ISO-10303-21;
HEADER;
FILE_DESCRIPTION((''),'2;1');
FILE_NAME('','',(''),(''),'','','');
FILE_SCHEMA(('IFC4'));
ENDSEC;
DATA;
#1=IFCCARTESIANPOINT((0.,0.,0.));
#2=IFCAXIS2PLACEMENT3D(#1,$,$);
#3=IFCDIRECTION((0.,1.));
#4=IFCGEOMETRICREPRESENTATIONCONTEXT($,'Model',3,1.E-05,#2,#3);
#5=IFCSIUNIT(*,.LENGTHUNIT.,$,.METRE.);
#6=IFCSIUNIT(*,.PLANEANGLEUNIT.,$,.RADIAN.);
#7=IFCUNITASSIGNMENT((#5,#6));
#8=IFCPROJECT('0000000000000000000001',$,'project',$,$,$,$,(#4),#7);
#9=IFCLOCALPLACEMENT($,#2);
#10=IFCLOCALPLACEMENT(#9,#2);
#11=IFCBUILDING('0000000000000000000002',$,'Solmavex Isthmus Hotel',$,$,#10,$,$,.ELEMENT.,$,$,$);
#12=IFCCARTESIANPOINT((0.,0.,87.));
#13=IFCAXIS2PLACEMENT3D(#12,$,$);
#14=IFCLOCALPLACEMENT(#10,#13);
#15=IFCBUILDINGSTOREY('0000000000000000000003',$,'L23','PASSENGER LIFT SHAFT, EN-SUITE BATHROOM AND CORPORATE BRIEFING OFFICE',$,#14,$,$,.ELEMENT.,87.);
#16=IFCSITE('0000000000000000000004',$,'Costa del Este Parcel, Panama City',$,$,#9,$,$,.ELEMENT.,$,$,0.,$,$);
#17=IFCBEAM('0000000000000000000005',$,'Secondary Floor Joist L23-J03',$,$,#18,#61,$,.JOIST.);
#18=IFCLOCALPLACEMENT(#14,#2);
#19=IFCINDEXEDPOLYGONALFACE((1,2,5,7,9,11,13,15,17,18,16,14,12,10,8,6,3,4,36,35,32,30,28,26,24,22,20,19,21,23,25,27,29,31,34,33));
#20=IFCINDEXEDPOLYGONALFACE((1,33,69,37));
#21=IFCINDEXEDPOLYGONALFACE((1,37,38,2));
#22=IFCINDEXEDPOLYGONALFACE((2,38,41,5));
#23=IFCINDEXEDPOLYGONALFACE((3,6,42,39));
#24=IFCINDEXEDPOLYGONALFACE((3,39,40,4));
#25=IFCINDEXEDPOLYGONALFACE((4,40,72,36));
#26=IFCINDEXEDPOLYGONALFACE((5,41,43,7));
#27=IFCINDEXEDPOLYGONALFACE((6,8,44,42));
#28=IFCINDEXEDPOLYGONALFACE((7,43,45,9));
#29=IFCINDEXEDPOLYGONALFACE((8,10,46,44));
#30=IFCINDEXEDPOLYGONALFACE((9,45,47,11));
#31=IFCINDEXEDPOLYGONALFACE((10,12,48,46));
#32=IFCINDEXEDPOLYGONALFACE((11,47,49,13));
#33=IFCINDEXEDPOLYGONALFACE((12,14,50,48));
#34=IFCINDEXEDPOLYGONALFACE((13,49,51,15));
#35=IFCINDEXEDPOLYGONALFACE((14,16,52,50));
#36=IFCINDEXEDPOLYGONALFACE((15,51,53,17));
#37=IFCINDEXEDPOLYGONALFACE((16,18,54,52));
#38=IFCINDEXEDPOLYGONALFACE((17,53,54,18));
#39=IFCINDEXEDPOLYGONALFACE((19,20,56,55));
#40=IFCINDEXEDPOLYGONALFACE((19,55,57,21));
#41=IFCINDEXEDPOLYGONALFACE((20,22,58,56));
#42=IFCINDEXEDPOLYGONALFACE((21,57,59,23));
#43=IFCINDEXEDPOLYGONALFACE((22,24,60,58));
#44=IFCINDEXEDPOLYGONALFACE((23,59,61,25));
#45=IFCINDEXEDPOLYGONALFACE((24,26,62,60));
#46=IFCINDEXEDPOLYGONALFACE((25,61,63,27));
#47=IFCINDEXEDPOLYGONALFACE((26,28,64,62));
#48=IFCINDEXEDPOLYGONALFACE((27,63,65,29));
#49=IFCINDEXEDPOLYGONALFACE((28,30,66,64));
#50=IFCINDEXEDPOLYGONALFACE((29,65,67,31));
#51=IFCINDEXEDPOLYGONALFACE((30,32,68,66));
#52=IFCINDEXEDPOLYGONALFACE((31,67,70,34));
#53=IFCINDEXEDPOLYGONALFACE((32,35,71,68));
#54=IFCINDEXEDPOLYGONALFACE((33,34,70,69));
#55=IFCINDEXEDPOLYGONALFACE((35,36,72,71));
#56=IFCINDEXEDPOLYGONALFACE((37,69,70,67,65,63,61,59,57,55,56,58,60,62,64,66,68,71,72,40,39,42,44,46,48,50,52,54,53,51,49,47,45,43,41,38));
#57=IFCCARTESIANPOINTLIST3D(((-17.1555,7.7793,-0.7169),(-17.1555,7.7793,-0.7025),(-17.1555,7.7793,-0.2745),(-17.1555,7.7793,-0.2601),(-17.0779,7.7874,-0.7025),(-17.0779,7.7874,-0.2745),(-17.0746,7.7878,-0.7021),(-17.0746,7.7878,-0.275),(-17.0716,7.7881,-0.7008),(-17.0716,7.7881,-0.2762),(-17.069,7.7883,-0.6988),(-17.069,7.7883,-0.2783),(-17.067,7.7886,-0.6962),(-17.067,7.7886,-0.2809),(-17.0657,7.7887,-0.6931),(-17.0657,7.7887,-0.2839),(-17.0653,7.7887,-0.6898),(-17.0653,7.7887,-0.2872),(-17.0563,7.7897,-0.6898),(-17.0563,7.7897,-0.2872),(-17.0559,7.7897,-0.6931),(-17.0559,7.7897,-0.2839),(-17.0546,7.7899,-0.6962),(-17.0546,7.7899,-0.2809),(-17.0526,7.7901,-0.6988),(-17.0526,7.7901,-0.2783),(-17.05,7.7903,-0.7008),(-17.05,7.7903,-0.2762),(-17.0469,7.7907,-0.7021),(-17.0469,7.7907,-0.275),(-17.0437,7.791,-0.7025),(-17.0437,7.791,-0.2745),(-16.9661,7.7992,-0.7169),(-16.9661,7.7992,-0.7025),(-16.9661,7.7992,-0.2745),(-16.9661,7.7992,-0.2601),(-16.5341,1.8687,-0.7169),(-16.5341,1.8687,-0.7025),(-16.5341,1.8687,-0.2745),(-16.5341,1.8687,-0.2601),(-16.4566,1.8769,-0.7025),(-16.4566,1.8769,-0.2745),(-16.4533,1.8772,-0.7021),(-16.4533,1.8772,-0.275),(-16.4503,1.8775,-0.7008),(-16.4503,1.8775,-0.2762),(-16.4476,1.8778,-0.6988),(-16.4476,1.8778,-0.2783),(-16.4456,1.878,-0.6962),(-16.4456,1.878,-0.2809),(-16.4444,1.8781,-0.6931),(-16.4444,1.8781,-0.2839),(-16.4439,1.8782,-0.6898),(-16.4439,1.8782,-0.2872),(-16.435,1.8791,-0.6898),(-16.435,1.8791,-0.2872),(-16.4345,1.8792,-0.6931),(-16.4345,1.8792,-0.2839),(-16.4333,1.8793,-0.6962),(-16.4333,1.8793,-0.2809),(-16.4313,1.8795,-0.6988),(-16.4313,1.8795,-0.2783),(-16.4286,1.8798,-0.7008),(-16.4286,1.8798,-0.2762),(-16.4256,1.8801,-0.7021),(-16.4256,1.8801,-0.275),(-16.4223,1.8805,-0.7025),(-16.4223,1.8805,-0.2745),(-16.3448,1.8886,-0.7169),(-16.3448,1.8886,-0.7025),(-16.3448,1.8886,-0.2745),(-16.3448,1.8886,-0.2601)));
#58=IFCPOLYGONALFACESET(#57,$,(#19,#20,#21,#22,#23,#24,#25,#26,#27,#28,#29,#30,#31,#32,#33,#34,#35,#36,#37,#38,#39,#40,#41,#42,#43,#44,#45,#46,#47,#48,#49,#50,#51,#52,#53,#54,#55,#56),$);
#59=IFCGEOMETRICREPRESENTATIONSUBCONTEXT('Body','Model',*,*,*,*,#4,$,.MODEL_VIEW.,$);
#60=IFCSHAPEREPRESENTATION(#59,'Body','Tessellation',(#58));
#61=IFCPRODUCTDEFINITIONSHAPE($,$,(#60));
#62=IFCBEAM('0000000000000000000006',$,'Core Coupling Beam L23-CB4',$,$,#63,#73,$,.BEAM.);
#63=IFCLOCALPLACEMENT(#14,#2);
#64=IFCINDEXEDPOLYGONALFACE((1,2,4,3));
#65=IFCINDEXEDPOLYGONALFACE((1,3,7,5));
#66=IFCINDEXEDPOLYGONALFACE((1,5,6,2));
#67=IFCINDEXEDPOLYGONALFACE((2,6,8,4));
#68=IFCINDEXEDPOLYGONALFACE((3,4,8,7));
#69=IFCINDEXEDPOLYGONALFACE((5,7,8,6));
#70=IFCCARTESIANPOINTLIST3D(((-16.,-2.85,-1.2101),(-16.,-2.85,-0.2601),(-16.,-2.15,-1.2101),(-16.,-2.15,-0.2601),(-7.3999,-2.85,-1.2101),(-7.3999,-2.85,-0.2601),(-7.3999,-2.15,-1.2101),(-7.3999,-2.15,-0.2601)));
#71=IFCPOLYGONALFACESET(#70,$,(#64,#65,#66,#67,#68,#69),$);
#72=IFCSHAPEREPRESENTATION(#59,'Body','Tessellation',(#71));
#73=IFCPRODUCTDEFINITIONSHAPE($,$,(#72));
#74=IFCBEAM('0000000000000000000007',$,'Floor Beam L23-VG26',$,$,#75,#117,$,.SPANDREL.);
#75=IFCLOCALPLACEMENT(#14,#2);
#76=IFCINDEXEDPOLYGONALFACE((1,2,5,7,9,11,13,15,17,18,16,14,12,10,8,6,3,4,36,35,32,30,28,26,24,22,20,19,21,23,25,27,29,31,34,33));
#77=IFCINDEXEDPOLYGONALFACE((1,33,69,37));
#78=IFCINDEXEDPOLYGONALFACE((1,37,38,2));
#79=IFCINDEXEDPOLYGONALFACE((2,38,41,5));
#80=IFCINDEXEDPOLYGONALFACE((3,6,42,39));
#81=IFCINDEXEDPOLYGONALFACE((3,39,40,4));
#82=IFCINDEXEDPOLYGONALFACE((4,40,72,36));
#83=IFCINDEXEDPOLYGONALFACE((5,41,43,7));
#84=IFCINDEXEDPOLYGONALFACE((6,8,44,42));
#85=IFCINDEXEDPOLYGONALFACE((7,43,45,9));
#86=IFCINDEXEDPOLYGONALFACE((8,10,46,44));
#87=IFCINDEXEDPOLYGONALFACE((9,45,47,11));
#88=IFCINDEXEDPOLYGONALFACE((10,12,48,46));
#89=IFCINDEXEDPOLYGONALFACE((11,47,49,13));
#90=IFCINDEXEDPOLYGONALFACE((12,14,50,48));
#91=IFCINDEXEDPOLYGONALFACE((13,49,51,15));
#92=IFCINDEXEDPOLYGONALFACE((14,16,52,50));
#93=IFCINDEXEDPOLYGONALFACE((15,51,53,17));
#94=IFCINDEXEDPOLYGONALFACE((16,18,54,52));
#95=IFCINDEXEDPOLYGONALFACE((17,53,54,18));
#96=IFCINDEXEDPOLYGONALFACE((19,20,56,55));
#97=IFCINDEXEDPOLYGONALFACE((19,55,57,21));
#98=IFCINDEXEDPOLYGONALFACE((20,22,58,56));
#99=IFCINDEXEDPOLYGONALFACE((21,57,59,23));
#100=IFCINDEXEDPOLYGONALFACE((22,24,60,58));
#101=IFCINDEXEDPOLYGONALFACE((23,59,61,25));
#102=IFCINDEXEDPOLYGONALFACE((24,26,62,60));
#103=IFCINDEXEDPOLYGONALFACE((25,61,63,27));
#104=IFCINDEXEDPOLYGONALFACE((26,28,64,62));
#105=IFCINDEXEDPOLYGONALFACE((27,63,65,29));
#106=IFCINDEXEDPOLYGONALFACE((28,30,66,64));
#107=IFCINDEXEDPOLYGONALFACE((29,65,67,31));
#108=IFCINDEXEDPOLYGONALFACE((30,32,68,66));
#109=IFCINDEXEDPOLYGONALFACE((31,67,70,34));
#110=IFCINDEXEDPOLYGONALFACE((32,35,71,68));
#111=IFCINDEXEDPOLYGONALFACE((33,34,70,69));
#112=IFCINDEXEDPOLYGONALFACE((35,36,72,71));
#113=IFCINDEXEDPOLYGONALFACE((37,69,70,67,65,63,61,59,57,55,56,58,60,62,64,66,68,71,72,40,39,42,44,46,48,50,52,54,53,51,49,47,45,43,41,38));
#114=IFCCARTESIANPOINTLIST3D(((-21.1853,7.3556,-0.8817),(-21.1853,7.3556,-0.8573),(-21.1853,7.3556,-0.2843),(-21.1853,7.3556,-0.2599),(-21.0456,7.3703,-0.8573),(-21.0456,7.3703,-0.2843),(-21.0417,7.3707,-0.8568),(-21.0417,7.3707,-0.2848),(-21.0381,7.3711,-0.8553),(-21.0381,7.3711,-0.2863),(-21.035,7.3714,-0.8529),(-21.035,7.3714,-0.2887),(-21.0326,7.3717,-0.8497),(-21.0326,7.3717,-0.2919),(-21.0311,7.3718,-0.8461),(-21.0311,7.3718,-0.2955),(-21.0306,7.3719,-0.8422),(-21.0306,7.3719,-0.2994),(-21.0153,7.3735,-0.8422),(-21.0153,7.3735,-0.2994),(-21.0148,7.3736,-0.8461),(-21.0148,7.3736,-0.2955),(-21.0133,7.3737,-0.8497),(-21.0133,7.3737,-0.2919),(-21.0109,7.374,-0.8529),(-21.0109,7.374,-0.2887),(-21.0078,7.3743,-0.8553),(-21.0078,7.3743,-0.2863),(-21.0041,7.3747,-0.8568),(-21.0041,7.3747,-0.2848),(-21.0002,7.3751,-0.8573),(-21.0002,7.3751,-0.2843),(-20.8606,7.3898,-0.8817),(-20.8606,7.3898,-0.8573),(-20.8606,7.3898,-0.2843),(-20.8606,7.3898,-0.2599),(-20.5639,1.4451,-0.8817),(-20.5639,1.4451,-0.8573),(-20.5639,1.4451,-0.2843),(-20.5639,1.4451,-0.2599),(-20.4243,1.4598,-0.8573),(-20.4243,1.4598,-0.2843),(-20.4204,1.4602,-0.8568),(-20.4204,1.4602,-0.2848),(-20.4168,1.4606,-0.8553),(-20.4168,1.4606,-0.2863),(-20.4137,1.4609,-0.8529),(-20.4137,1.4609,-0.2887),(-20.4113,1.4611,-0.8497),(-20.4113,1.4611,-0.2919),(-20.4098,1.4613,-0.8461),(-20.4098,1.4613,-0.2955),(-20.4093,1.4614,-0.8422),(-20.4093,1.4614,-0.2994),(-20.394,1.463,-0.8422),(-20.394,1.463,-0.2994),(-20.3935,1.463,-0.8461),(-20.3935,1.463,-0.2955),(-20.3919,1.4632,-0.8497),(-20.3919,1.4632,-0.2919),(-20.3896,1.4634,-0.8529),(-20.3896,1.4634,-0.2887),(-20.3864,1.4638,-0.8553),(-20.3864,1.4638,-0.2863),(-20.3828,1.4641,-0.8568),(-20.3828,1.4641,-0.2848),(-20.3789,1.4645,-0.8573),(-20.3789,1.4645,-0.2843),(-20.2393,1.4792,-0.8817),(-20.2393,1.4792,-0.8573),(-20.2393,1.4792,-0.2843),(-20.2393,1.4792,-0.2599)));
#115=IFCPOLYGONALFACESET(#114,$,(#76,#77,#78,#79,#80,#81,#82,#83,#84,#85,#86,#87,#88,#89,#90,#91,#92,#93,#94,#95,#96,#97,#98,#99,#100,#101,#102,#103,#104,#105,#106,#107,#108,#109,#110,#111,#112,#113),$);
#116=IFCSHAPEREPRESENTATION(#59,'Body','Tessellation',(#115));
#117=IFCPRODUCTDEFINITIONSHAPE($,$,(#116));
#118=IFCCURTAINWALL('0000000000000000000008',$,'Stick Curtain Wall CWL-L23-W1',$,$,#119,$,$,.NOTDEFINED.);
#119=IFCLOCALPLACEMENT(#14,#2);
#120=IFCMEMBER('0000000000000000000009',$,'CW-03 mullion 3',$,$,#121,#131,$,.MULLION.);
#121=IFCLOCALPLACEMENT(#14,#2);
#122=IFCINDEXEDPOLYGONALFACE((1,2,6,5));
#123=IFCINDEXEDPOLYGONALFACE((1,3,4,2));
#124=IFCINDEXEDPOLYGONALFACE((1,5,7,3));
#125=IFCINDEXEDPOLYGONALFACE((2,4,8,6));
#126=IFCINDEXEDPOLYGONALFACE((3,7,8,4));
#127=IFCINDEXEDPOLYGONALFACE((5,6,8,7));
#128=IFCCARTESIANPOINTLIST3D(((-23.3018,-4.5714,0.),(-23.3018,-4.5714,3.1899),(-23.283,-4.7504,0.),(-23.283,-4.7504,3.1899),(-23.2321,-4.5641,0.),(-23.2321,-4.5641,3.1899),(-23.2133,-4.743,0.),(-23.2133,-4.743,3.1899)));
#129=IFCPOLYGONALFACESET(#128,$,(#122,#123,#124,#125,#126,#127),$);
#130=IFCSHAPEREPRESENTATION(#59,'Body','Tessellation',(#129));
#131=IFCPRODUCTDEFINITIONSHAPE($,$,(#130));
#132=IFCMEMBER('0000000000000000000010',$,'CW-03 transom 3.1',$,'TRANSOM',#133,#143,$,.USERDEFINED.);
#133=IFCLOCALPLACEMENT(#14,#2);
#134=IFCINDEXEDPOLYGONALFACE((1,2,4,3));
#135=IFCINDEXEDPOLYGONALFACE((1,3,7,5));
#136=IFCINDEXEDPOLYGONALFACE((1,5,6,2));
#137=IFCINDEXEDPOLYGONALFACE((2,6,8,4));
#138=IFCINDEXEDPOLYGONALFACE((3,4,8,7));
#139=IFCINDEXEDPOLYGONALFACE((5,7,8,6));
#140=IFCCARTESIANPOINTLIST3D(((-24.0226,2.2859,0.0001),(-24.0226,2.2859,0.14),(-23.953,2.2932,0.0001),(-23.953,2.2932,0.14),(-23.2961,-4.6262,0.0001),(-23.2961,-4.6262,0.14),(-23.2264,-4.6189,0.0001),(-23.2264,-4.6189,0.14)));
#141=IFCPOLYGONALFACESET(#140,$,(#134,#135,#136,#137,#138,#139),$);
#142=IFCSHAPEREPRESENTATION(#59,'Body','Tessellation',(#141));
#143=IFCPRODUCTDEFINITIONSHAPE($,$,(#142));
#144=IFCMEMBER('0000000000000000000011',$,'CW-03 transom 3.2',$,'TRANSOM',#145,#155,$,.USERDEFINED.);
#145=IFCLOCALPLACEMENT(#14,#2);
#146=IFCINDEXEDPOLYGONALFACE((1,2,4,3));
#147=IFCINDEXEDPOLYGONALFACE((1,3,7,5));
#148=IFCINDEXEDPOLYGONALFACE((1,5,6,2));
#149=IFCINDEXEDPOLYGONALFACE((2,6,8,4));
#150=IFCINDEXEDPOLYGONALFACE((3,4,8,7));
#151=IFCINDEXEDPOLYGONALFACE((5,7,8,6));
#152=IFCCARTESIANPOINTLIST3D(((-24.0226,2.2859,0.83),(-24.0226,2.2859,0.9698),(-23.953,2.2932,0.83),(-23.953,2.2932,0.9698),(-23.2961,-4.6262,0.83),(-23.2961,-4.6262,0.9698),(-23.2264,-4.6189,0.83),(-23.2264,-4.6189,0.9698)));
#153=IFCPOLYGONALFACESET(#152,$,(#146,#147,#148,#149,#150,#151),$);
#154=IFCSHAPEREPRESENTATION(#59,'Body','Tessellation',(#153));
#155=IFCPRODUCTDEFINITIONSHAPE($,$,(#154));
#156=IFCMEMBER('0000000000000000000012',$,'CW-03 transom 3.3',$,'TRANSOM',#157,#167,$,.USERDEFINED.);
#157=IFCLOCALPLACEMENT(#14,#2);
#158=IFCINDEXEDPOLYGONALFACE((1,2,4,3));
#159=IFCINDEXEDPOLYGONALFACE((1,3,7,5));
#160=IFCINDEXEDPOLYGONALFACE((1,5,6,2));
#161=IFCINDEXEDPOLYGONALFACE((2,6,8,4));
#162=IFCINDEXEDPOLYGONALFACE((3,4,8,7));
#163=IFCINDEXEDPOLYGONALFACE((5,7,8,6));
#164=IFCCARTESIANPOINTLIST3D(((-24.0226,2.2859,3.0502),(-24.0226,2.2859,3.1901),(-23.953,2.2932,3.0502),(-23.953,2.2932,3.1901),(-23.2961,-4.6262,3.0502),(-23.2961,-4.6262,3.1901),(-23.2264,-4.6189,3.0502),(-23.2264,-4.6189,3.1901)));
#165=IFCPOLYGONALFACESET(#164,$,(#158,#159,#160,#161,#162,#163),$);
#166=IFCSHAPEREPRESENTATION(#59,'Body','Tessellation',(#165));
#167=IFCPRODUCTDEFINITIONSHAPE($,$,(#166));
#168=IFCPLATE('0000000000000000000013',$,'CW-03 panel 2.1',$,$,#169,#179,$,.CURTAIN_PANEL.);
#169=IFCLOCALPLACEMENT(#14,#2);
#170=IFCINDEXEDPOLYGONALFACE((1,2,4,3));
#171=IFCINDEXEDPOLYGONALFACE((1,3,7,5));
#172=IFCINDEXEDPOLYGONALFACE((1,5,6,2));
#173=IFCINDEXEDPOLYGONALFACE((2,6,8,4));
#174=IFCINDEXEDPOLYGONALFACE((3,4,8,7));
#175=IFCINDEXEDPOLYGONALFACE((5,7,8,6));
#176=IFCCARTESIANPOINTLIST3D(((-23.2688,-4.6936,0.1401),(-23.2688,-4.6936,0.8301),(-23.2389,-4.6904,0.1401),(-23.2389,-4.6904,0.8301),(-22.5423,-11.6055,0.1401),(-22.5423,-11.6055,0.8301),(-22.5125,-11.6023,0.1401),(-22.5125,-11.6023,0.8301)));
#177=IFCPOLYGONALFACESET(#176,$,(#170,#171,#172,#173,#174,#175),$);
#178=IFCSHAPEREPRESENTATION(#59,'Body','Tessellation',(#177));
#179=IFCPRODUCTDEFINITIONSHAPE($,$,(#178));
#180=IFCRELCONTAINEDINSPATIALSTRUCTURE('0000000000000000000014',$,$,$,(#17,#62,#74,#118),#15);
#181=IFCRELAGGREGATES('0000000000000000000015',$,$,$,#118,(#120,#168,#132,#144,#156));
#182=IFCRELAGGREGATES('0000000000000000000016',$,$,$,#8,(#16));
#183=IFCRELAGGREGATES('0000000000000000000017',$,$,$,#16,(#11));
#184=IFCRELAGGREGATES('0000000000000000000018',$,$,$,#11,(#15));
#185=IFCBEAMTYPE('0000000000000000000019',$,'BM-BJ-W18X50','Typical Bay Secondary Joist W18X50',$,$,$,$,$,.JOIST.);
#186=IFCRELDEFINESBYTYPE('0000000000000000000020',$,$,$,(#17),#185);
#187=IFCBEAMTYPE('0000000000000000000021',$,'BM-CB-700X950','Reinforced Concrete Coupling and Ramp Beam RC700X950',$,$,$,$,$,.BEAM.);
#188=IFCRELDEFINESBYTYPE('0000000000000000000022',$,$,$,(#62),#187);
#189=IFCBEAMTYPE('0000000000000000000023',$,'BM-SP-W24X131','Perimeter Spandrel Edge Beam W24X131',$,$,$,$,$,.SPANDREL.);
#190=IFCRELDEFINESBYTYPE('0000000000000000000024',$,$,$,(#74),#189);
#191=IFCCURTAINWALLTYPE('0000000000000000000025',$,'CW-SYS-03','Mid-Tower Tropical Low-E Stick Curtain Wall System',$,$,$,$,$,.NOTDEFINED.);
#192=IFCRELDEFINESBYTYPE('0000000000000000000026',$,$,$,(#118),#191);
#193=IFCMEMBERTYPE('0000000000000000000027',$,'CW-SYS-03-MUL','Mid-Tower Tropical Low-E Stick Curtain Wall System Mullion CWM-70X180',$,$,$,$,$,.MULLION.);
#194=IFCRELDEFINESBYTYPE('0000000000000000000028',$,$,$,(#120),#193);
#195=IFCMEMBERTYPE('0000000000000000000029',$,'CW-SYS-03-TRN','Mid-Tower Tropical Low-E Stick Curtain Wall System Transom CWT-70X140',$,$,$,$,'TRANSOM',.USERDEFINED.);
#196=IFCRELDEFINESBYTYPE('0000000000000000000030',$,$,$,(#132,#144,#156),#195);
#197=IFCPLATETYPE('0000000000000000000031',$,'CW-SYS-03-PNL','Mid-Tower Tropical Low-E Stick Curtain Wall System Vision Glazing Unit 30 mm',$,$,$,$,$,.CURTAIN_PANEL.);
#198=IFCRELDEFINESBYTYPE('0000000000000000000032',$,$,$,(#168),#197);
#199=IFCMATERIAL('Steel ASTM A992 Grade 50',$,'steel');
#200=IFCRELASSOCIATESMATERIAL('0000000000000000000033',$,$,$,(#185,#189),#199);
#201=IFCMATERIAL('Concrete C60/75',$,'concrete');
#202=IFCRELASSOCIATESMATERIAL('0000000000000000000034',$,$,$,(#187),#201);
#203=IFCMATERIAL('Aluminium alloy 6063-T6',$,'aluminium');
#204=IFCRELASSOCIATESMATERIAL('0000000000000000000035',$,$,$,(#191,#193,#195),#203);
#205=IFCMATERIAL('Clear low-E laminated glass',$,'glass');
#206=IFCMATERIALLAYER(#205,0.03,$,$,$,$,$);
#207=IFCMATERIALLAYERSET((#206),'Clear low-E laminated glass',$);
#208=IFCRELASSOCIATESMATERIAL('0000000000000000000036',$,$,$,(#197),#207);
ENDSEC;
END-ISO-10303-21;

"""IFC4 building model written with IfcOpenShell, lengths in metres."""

from ifc_helpers import new_model, si_unit, direction, frame, origin, origin_2d, place, context, subcontext, project, spatial, rectangle, i_section, extrude, material, layer, layer_set, material_profile, profile_set, type_object, element, aggregate, save


model = new_model("IFC4")

# Units and contexts
model_context = context("Model", 3, precision=1e-05, world=origin(), true_north=direction((0.0, 1.0)))
body_context = subcontext(model_context, "Body", "Model", "MODEL_VIEW")
ifc_project = project(units=[si_unit("LENGTHUNIT", "METRE"), si_unit("PLANEANGLEUNIT", "RADIAN")], contexts=[model_context])

# Site, building, storey
site_placement = place(None, origin())
site = spatial("IfcSite", under=ifc_project, at=site_placement, Name="Costa del Este Parcel, Panama City", CompositionType="ELEMENT", RefElevation=0.0)
building_placement = place(site_placement, origin())
building = spatial("IfcBuilding", under=site, at=building_placement, Name="Solmavex Isthmus Hotel", CompositionType="ELEMENT")
storey_placement = place(building_placement, frame((0.0, 0.0, 87.0)))
storey = spatial("IfcBuildingStorey", under=building, at=storey_placement, Name="L23", Description="PASSENGER LIFT SHAFT, EN-SUITE BATHROOM AND CORPORATE BRIEFING OFFICE", CompositionType="ELEMENT", Elevation=87.0)

# Shared definitions
ifc_material_1 = material(Name="Concrete C60/75", Category="concrete")

# Beams
ifc_material_2 = material(Name="Steel ASTM A992 Grade 50", Category="steel")
ifc_material_profile_1 = material_profile(ifc_material_2, i_section(OverallWidth=0.1904, OverallDepth=0.4568, WebThickness=0.009, FlangeThickness=0.0144, FilletRadius=0.0127, at=origin_2d()), Name="W18X50")
ifc_profile_set_1 = profile_set([ifc_material_profile_1], Name="Steel ASTM A992 Grade 50")
beam_type_1 = type_object("IfcBeamType", Name="BM-BJ-W18X50", Description="Typical Bay Secondary Joist W18X50", PredefinedType="JOIST", material=ifc_profile_set_1)
beam_1_placement = place(storey_placement, frame((-16.4395, 1.8787, -0.4885), z_axis=(-0.104546, 0.99452, 0.0), x_axis=(-0.99452, -0.104546, 0.0)))
element("IfcBeam", 1, at=beam_1_placement, inside=storey, type_object=beam_type_1, Name="Secondary Floor Joist L23-J03", PredefinedType="JOIST", context=body_context, shape_type="SweptSolid", body=[
    extrude(i_section(OverallWidth=0.1904, OverallDepth=0.4568, WebThickness=0.009, FlangeThickness=0.0144, FilletRadius=0.0127, at=origin_2d()), origin(), (0.0, 0.0, 1.0), 5.9431),
])
ifc_material_profile_2 = material_profile(ifc_material_1, rectangle(XDim=0.7, YDim=0.95, at=origin_2d()), Name="RC700X950")
ifc_profile_set_2 = profile_set([ifc_material_profile_2], Name="Concrete C60/75")
beam_type_2 = type_object("IfcBeamType", Name="BM-CB-700X950", Description="Reinforced Concrete Coupling and Ramp Beam RC700X950", PredefinedType="BEAM", material=ifc_profile_set_2)
beam_2_placement = place(storey_placement, frame((-16.0, -2.5, -0.7351), z_axis=(1.0, 0.0, 0.0), x_axis=(0.0, 1.0, 0.0)))
element("IfcBeam", 2, at=beam_2_placement, inside=storey, type_object=beam_type_2, Name="Core Coupling Beam L23-CB4", PredefinedType="BEAM", context=body_context, shape_type="SweptSolid", body=[
    extrude(rectangle(XDim=0.7, YDim=0.95, at=origin_2d()), origin(), (0.0, 0.0, 1.0), 8.6001),
])
ifc_material_profile_3 = material_profile(ifc_material_2, i_section(OverallWidth=0.3264, OverallDepth=0.6218, WebThickness=0.0154, FlangeThickness=0.0244, FilletRadius=0.0151, at=origin_2d()), Name="W24X131")
ifc_profile_set_3 = profile_set([ifc_material_profile_3], Name="Steel ASTM A992 Grade 50")
beam_type_3 = type_object("IfcBeamType", Name="BM-SP-W24X131", Description="Perimeter Spandrel Edge Beam W24X131", PredefinedType="SPANDREL", material=ifc_profile_set_3)
beam_3_placement = place(storey_placement, frame((-20.4016, 1.4622, -0.5708), z_axis=(-0.104546, 0.99452, 0.0), x_axis=(-0.99452, -0.104546, 0.0)))
element("IfcBeam", 3, at=beam_3_placement, inside=storey, type_object=beam_type_3, Name="Floor Beam L23-VG26", PredefinedType="SPANDREL", context=body_context, shape_type="SweptSolid", body=[
    extrude(i_section(OverallWidth=0.3264, OverallDepth=0.6218, WebThickness=0.0154, FlangeThickness=0.0244, FilletRadius=0.0151, at=origin_2d()), origin(), (0.0, 0.0, 1.0), 5.9431),
])

# Curtain wall, members, plate
ifc_material_3 = material(Name="Aluminium alloy 6063-T6", Category="aluminium")
curtain_wall_type = type_object("IfcCurtainWallType", Name="CW-SYS-03", Description="Mid-Tower Tropical Low-E Stick Curtain Wall System", PredefinedType="NOTDEFINED", material=ifc_material_3)
curtain_wall_placement = place(storey_placement, origin())
curtain_wall = element("IfcCurtainWall", 4, at=curtain_wall_placement, inside=storey, type_object=curtain_wall_type, Name="Stick Curtain Wall CWL-L23-W1", PredefinedType="NOTDEFINED")
ifc_material_profile_4 = material_profile(ifc_material_3, rectangle(XDim=0.0701, YDim=0.1799, at=origin_2d()), Name="CWM-70X180")
ifc_profile_set_4 = profile_set([ifc_material_profile_4], Name="Aluminium alloy 6063-T6")
member_type_1 = type_object("IfcMemberType", Name="CW-SYS-03-MUL", Description="Mid-Tower Tropical Low-E Stick Curtain Wall System Mullion CWM-70X180", PredefinedType="MULLION", material=ifc_profile_set_4)
member_1_placement = place(storey_placement, frame((-23.2576, -4.6572, 0.0), z_axis=(0.0, 0.0, 1.0), x_axis=(-0.994522, -0.104528, 0.0)))
member_1 = element("IfcMember", 5, at=member_1_placement, type_object=member_type_1, Name="CW-03 mullion 3", PredefinedType="MULLION", context=body_context, shape_type="SweptSolid", body=[
    extrude(rectangle(XDim=0.0701, YDim=0.1799, at=origin_2d()), origin(), (0.0, 0.0, 1.0), 3.1899),
])
ifc_material_profile_5 = material_profile(ifc_material_3, rectangle(XDim=0.0701, YDim=0.1399, at=origin_2d()), Name="CWT-70X140")
ifc_profile_set_5 = profile_set([ifc_material_profile_5], Name="Aluminium alloy 6063-T6")
member_type_2 = type_object("IfcMemberType", Name="CW-SYS-03-TRN", Description="Mid-Tower Tropical Low-E Stick Curtain Wall System Transom CWT-70X140", ElementType="TRANSOM", PredefinedType="USERDEFINED", material=ifc_profile_set_5)
member_2_placement = place(storey_placement, frame((-23.2612, -4.6226, 0.0701), z_axis=(-0.104539, 0.994521, 0.0), x_axis=(-0.994521, -0.104539, 0.0)))
member_2 = element("IfcMember", 6, at=member_2_placement, type_object=member_type_2, Name="CW-03 transom 3.1", ObjectType="TRANSOM", PredefinedType="USERDEFINED", context=body_context, shape_type="SweptSolid", body=[
    extrude(rectangle(XDim=0.0701, YDim=0.1399, at=origin_2d()), origin(), (0.0, 0.0, 1.0), 6.9502),
])
member_3_placement = place(storey_placement, frame((-23.2612, -4.6226, 0.8999), z_axis=(-0.104539, 0.994521, 0.0), x_axis=(-0.994521, -0.104539, 0.0)))
member_3 = element("IfcMember", 7, at=member_3_placement, type_object=member_type_2, Name="CW-03 transom 3.2", ObjectType="TRANSOM", PredefinedType="USERDEFINED", context=body_context, shape_type="SweptSolid", body=[
    extrude(rectangle(XDim=0.0701, YDim=0.1399, at=origin_2d()), origin(), (0.0, 0.0, 1.0), 6.9502),
])
member_4_placement = place(storey_placement, frame((-23.2612, -4.6226, 3.1201), z_axis=(-0.104539, 0.994521, 0.0), x_axis=(-0.994521, -0.104539, 0.0)))
member_4 = element("IfcMember", 8, at=member_4_placement, type_object=member_type_2, Name="CW-03 transom 3.3", ObjectType="TRANSOM", PredefinedType="USERDEFINED", context=body_context, shape_type="SweptSolid", body=[
    extrude(rectangle(XDim=0.0701, YDim=0.1399, at=origin_2d()), origin(), (0.0, 0.0, 1.0), 6.9502),
])
ifc_material_4 = material(Name="Clear low-E laminated glass", Category="glass")
ifc_layer_1 = layer(ifc_material_4, 0.03)
ifc_layer_set_1 = layer_set([ifc_layer_1], Name="Clear low-E laminated glass")
plate_type = type_object("IfcPlateType", Name="CW-SYS-03-PNL", Description="Mid-Tower Tropical Low-E Stick Curtain Wall System Vision Glazing Unit 30 mm", PredefinedType="CURTAIN_PANEL", material=ifc_layer_set_1)
plate_1_placement = place(storey_placement, frame((-22.8906, -8.1479, 0.1401), z_axis=(0.0, 0.0, 1.0), x_axis=(-0.104528, 0.994522, 0.0)))
plate_1 = element("IfcPlate", 9, at=plate_1_placement, type_object=plate_type, Name="CW-03 panel 2.1", PredefinedType="CURTAIN_PANEL", context=body_context, shape_type="SweptSolid", body=[
    extrude(rectangle(XDim=6.95, YDim=0.03, at=origin_2d()), origin(), (0.0, 0.0, 1.0), 0.6899),
])
aggregate(curtain_wall, [member_1, plate_1, member_2, member_3, member_4])

save(model, "model.ifc")
